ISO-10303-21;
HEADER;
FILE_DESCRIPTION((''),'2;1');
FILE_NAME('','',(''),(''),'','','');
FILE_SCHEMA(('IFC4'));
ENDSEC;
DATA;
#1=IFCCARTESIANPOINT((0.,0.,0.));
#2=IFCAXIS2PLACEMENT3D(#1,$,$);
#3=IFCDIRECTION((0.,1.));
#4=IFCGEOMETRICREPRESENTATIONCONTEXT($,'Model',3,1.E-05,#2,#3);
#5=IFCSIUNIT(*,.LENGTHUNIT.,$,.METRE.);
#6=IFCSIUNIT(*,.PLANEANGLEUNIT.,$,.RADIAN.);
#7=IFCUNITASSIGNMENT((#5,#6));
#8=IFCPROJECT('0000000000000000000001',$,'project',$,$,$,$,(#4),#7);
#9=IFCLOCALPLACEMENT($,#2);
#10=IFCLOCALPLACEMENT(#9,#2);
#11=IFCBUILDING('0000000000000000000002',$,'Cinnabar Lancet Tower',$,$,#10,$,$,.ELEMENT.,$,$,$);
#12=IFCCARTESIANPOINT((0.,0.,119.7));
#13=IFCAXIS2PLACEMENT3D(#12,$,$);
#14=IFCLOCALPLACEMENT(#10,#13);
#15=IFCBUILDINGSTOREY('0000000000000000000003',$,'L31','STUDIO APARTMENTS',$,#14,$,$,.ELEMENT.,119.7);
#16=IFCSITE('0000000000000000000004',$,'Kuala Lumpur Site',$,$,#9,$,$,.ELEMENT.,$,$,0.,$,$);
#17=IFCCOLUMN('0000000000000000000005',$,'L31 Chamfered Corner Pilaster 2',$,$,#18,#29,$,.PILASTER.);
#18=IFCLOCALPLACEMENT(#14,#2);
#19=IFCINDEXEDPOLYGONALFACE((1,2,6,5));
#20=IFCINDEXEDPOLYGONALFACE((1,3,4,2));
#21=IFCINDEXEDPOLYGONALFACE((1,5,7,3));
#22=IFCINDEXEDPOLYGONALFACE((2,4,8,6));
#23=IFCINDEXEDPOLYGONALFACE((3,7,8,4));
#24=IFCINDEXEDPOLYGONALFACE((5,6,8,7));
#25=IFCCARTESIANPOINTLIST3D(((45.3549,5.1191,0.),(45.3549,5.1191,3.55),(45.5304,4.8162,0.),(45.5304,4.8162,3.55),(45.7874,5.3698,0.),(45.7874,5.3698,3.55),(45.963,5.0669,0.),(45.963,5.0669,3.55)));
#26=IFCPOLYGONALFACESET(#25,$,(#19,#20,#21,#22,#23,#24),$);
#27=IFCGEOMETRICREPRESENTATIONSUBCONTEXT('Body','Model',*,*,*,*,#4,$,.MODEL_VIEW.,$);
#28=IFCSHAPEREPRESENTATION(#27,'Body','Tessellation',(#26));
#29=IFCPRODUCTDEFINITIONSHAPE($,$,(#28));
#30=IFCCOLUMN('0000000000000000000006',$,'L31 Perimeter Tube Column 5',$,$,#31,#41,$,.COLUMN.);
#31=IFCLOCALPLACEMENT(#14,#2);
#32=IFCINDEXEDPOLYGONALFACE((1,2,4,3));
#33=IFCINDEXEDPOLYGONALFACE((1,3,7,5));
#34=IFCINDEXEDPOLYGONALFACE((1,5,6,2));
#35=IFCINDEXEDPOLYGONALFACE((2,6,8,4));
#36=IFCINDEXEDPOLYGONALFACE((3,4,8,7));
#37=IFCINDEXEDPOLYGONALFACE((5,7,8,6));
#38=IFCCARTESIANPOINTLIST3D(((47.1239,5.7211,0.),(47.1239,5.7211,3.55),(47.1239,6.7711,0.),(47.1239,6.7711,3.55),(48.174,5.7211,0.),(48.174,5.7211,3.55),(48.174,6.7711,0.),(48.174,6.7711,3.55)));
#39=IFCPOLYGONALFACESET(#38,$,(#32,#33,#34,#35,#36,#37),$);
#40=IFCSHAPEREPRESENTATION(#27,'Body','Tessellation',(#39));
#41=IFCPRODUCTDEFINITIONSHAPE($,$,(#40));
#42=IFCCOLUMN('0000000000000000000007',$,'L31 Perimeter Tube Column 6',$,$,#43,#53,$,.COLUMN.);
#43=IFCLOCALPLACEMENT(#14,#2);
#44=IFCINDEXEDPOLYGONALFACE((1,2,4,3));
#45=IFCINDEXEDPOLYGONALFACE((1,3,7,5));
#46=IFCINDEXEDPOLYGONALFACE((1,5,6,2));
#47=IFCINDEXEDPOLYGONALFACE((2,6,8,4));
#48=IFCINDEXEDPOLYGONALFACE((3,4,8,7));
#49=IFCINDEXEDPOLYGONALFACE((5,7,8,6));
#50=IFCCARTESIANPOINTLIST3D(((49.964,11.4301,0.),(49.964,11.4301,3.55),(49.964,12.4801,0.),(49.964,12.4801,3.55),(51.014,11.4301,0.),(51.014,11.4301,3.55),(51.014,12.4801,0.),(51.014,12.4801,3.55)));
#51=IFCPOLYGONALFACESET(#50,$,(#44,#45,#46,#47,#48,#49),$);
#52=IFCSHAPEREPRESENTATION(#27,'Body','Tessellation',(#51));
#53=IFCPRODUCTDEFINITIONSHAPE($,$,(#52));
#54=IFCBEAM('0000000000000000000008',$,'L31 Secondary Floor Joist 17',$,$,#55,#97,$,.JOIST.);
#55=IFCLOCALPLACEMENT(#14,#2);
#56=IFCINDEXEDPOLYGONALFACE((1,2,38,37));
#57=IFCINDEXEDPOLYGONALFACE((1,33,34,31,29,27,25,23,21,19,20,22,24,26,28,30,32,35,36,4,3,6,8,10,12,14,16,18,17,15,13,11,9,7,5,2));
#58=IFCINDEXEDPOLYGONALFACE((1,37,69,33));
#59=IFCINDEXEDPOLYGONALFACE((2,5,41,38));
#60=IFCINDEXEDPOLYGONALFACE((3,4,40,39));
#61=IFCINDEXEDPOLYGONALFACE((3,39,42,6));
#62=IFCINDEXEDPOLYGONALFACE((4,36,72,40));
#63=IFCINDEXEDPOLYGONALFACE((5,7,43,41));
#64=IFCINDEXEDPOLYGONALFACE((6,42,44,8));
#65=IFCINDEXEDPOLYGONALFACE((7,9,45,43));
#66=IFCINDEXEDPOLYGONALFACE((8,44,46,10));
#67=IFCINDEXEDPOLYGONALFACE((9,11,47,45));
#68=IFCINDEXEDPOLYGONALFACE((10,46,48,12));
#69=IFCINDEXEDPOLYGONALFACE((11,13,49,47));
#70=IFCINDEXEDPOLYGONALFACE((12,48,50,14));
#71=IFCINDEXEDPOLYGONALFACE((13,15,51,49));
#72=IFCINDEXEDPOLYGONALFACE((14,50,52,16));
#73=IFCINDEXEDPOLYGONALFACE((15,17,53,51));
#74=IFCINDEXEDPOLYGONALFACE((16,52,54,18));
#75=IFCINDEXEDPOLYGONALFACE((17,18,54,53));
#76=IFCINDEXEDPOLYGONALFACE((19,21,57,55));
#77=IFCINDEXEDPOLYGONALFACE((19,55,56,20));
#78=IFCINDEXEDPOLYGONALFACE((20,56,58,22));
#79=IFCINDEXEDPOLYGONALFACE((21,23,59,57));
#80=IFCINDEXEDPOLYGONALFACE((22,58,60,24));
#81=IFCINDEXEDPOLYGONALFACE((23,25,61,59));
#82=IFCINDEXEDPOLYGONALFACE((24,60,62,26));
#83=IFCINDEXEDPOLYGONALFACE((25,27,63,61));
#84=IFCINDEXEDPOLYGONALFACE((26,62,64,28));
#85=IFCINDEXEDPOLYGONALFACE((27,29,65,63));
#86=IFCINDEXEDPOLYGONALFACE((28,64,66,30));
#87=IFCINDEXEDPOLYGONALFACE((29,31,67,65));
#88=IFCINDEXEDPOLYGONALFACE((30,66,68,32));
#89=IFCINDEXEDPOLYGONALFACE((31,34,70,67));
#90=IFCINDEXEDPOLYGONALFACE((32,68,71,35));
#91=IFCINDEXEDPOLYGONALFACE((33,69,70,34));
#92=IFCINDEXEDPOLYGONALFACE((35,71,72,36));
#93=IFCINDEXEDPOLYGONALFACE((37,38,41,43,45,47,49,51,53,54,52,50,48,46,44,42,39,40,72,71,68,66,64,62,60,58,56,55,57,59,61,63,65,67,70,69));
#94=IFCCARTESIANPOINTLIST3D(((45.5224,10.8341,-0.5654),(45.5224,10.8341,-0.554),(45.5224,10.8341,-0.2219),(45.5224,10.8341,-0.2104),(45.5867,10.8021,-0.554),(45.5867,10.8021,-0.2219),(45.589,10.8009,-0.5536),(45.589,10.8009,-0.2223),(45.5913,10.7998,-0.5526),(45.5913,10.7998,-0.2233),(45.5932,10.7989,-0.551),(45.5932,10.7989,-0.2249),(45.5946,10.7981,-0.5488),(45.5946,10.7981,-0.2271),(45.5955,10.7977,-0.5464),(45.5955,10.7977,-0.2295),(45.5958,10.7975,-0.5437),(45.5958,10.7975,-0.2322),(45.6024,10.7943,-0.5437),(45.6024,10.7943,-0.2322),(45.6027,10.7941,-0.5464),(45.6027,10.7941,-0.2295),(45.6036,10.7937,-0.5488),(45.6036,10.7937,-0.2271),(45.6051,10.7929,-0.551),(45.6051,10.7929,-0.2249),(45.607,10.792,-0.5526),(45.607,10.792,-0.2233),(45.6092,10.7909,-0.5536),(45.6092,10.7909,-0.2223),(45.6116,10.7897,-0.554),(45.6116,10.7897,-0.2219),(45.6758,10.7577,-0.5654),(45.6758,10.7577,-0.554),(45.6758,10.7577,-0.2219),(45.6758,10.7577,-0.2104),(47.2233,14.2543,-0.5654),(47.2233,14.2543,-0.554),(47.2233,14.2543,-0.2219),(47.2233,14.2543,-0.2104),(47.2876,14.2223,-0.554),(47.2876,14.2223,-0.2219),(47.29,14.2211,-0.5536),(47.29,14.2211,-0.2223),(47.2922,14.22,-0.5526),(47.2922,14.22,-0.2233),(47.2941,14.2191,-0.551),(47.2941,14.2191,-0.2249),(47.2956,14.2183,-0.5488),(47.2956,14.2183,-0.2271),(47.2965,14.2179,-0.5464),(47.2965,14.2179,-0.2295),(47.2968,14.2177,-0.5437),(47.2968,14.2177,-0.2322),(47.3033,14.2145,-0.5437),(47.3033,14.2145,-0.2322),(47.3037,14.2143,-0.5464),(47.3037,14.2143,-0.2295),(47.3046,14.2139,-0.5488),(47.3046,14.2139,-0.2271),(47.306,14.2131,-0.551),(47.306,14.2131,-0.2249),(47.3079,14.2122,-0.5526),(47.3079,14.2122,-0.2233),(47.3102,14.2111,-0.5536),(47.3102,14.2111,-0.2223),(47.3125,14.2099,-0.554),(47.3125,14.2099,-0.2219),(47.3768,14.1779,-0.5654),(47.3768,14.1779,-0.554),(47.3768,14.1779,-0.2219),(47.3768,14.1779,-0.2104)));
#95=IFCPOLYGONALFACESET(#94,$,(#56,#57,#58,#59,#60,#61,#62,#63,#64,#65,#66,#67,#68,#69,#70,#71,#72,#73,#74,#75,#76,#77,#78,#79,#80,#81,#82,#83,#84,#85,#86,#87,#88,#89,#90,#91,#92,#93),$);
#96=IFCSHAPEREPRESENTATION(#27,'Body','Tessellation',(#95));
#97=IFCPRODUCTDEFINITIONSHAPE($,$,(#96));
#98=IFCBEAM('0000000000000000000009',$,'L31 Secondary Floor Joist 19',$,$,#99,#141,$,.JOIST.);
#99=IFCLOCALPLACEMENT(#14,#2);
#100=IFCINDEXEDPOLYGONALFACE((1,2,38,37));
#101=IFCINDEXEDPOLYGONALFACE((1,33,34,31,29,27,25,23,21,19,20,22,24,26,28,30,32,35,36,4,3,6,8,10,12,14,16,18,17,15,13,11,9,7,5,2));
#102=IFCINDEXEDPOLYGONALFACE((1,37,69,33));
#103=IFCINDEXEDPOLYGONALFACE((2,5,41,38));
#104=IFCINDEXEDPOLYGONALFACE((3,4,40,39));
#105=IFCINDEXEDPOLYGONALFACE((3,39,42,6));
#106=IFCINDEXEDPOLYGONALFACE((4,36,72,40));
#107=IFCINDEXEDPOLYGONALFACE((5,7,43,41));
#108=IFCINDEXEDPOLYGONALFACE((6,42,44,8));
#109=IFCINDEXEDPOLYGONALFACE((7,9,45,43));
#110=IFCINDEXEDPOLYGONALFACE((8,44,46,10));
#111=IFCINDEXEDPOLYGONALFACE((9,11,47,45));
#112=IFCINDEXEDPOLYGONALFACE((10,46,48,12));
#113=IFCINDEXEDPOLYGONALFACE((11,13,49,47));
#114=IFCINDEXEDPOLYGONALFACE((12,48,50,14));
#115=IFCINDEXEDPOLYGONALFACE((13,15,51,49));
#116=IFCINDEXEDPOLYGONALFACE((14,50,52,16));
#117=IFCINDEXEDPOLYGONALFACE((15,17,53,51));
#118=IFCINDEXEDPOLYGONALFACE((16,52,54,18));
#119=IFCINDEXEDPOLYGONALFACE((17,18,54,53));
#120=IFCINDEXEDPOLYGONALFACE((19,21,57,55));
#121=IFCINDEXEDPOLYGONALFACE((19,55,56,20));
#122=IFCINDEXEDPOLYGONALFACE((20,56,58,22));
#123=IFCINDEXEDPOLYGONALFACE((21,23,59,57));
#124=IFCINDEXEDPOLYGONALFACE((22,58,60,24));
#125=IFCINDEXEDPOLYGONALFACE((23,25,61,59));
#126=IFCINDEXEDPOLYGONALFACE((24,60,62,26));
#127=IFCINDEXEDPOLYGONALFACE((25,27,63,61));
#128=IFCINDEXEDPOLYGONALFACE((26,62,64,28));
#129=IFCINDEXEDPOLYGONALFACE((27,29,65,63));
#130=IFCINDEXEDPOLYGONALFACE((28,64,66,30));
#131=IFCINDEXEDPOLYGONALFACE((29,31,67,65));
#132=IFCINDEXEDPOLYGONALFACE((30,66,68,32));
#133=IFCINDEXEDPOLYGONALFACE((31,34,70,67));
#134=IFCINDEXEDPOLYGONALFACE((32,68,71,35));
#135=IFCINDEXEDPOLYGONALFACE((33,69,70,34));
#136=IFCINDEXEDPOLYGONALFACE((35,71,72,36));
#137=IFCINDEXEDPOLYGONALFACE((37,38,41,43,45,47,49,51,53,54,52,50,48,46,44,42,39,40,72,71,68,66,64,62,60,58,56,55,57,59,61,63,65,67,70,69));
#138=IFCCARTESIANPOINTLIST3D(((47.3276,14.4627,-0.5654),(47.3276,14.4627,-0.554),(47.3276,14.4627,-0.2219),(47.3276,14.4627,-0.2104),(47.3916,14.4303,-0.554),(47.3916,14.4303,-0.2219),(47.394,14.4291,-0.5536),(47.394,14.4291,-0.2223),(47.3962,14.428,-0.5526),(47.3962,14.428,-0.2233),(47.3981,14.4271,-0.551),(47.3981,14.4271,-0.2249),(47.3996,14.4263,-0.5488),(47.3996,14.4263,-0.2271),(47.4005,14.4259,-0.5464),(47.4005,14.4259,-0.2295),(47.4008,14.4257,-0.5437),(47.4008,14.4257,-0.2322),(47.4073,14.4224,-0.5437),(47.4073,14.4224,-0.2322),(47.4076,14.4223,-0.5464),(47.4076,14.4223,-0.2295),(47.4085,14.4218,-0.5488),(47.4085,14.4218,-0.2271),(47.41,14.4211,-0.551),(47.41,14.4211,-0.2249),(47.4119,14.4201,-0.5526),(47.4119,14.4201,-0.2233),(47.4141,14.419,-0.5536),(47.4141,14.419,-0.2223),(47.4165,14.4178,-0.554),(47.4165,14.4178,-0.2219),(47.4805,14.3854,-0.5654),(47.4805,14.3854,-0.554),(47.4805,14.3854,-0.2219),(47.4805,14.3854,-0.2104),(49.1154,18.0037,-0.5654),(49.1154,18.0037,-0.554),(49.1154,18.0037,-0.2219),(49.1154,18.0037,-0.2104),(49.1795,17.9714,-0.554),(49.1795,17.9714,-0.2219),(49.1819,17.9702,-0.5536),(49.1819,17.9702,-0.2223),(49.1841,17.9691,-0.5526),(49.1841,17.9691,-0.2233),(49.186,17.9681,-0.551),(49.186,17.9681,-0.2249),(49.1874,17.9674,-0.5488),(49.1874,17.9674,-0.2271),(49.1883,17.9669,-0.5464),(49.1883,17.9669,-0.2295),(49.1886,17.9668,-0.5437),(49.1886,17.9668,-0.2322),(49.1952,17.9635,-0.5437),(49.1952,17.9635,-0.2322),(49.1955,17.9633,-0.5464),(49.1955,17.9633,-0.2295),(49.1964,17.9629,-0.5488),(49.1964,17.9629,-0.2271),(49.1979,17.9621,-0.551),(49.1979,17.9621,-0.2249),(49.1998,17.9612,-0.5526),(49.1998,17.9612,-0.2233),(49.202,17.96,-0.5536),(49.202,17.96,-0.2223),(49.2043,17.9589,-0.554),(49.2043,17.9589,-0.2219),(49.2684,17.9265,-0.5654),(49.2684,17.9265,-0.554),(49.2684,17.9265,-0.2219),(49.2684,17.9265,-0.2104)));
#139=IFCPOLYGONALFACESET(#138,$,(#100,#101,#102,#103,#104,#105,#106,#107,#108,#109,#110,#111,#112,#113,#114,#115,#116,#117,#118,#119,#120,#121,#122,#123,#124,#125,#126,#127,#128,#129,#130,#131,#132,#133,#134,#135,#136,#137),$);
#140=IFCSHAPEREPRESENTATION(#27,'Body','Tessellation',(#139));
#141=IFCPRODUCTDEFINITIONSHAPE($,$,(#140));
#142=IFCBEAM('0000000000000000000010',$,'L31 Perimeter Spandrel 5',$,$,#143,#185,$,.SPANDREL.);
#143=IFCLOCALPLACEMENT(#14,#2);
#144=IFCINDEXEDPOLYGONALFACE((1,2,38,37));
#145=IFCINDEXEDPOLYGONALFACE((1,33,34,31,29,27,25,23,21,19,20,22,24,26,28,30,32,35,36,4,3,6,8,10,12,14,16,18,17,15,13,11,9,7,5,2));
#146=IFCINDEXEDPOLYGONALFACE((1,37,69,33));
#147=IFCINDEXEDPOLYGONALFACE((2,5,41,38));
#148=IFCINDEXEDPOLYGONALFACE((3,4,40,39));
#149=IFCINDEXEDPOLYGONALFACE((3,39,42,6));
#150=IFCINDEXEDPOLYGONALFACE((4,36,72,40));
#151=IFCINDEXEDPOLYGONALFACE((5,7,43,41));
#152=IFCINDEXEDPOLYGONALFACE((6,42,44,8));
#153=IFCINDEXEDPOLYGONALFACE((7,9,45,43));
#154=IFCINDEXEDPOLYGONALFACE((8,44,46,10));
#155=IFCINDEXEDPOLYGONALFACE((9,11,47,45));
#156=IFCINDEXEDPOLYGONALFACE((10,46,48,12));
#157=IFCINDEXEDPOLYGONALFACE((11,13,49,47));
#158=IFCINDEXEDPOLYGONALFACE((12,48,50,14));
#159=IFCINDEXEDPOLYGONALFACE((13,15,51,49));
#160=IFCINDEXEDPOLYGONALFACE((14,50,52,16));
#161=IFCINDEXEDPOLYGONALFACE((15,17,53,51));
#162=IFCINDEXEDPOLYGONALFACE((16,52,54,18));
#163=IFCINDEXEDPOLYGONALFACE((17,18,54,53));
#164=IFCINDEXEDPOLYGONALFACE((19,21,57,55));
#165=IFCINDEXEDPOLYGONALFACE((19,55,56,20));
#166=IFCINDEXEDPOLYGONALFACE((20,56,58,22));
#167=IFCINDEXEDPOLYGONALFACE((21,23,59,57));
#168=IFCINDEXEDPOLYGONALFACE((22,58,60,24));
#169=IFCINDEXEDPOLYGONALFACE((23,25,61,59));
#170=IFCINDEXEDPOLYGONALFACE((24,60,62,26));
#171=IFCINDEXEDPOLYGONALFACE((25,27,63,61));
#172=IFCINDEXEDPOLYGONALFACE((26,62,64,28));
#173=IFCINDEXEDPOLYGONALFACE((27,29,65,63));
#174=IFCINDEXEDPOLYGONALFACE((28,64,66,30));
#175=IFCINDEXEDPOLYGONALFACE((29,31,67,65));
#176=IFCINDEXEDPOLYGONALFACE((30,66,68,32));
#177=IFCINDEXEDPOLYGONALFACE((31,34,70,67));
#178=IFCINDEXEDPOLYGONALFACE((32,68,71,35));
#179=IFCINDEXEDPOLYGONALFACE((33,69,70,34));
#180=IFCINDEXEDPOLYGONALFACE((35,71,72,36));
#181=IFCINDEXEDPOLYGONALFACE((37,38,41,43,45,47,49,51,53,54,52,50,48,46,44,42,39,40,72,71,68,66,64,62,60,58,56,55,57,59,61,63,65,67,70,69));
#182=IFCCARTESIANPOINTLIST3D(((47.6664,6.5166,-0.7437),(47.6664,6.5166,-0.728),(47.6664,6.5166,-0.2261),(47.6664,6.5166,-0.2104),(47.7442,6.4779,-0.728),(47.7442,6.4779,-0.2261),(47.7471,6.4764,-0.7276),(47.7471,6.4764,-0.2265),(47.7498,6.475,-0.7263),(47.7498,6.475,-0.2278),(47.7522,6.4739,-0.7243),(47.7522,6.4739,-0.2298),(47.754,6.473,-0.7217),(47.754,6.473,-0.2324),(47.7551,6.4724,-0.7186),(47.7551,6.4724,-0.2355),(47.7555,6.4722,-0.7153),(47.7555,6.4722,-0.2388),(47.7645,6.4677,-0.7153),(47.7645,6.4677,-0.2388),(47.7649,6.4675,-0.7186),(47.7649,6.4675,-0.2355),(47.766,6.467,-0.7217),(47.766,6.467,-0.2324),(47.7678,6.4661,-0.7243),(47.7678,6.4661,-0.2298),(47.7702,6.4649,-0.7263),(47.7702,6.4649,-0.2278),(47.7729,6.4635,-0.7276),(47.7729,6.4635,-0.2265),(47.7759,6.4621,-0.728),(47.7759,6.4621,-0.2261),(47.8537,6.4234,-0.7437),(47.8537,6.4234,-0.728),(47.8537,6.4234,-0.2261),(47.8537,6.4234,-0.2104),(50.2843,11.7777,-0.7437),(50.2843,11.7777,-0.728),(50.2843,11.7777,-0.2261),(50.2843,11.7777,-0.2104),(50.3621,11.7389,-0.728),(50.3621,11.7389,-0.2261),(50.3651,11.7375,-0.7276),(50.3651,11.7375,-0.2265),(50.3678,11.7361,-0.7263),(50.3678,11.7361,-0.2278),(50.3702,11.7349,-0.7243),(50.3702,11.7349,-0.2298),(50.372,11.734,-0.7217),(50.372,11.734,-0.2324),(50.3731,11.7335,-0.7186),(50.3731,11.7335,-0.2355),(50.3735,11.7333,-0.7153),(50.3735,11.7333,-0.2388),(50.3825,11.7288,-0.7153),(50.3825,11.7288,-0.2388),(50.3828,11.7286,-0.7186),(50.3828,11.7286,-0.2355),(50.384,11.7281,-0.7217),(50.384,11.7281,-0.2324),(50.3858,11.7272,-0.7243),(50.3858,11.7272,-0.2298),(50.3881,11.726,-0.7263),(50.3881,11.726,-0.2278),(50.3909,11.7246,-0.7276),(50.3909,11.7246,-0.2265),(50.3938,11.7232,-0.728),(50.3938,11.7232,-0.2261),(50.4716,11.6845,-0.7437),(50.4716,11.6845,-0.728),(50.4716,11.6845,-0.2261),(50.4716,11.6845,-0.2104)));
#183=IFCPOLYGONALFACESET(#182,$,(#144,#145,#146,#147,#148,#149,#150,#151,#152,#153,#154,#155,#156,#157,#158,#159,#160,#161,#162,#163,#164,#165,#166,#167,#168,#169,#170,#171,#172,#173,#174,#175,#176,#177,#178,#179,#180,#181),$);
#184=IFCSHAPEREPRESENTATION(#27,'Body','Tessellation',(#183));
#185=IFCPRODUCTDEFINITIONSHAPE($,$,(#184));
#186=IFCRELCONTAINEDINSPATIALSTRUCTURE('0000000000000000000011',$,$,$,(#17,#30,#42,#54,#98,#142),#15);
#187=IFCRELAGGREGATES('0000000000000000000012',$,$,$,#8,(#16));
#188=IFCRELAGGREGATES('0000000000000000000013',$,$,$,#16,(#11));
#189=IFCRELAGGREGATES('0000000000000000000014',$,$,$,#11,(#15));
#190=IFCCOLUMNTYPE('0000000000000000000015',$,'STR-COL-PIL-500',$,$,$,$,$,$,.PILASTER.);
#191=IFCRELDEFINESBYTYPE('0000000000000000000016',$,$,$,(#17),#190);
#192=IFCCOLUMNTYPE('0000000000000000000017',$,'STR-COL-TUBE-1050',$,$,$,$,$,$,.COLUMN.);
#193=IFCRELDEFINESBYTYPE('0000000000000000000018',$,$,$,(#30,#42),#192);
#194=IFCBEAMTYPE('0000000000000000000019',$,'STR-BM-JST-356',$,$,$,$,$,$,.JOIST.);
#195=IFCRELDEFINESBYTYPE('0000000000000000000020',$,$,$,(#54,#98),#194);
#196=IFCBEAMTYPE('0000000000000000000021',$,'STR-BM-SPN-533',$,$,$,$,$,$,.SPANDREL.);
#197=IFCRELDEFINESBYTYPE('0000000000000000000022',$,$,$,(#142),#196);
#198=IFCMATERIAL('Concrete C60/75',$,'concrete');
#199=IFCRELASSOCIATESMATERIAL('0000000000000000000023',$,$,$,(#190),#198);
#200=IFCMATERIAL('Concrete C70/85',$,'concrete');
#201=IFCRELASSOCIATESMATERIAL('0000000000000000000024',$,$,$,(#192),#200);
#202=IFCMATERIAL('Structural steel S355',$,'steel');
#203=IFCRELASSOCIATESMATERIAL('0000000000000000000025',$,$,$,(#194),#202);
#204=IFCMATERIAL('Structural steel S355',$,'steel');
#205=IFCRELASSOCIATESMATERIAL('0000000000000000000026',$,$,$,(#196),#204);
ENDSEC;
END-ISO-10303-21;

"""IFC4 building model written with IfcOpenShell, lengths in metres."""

from ifc_helpers import new_model, si_unit, direction, frame, origin, origin_2d, place, context, subcontext, project, spatial, rectangle, i_section, extrude, material, material_profile, profile_set, type_object, element, save


model = new_model("IFC4")

# Units and contexts
model_context = context("Model", 3, precision=1e-05, world=origin(), true_north=direction((0.0, 1.0)))
body_context = subcontext(model_context, "Body", "Model", "MODEL_VIEW")
ifc_project = project(units=[si_unit("LENGTHUNIT", "METRE"), si_unit("PLANEANGLEUNIT", "RADIAN")], contexts=[model_context])

# Site, building, storey
site_placement = place(None, origin())
site = spatial("IfcSite", under=ifc_project, at=site_placement, Name="Kuala Lumpur Site", CompositionType="ELEMENT", RefElevation=0.0)
building_placement = place(site_placement, origin())
building = spatial("IfcBuilding", under=site, at=building_placement, Name="Cinnabar Lancet Tower", CompositionType="ELEMENT")
storey_placement = place(building_placement, frame((0.0, 0.0, 119.7)))
storey = spatial("IfcBuildingStorey", under=building, at=storey_placement, Name="L31", Description="STUDIO APARTMENTS", CompositionType="ELEMENT", Elevation=119.7)

# Columns
ifc_material_1 = material(Name="Concrete C60/75", Category="concrete")
ifc_material_profile_1 = material_profile(ifc_material_1, rectangle(XDim=0.5, YDim=0.3501, at=origin_2d()), Name="RC-PIL 500x350")
ifc_profile_set_1 = profile_set([ifc_material_profile_1], Name="Concrete C60/75")
column_type_1 = type_object("IfcColumnType", Name="STR-COL-PIL-500", PredefinedType="PILASTER", material=ifc_profile_set_1)
column_placement = place(storey_placement, frame((45.6589, 5.093, 0.0), z_axis=(0.0, 0.0, 1.0), x_axis=(0.86516, 0.501496, 0.0)))
element("IfcColumn", 1, at=column_placement, inside=storey, type_object=column_type_1, Name="L31 Chamfered Corner Pilaster 2", PredefinedType="PILASTER", context=body_context, shape_type="SweptSolid", body=[
    extrude(rectangle(XDim=0.5, YDim=0.3501, at=origin_2d()), origin(), (0.0, 0.0, 1.0), 3.55),
])
ifc_material_2 = material(Name="Concrete C70/85", Category="concrete")
ifc_material_profile_2 = material_profile(ifc_material_2, rectangle(XDim=1.05, YDim=1.05, at=origin_2d()), Name="RC-COL 1050x1050")
ifc_profile_set_2 = profile_set([ifc_material_profile_2], Name="Concrete C70/85")
column_type_2 = type_object("IfcColumnType", Name="STR-COL-TUBE-1050", PredefinedType="COLUMN", material=ifc_profile_set_2)
for number, where, z_axis, x_axis, name in (
    (2, (47.6489, 6.2461, 0.0), (0.0, 0.0, 1.0), (1.0, 0.0, 0.0), "L31 Perimeter Tube Column 5"),
    (3, (50.489, 11.9551, 0.0), (0.0, 0.0, 1.0), (1.0, 0.0, 0.0), "L31 Perimeter Tube Column 6"),
):
    element("IfcColumn", number, at=place(storey_placement, frame(where, z_axis=z_axis, x_axis=x_axis)), inside=storey, type_object=column_type_2, Name=name, PredefinedType="COLUMN", context=body_context, shape_type="SweptSolid", body=[
        extrude(rectangle(XDim=1.05, YDim=1.05, at=origin_2d()), origin(), (0.0, 0.0, 1.0), 3.55),
    ])

# Beams
ifc_material_3 = material(Name="Structural steel S355", Category="steel")
ifc_material_profile_3 = material_profile(ifc_material_3, i_section(OverallWidth=0.1714, OverallDepth=0.355, WebThickness=0.0073, FlangeThickness=0.0115, FilletRadius=0.0103, at=origin_2d()), Name="UKB 356x171x51")
ifc_profile_set_3 = profile_set([ifc_material_profile_3], Name="Structural steel S355")
beam_type_1 = type_object("IfcBeamType", Name="STR-BM-JST-356", PredefinedType="JOIST", material=ifc_profile_set_3)
beam_1_placement = place(storey_placement, frame((45.5991, 10.7959, -0.3879), z_axis=(0.445295, 0.895384, 0.0), x_axis=(-0.895384, 0.445295, 0.0)))
element("IfcBeam", 4, at=beam_1_placement, inside=storey, type_object=beam_type_1, Name="L31 Secondary Floor Joist 17", PredefinedType="JOIST", context=body_context, shape_type="SweptSolid", body=[
    extrude(i_section(OverallWidth=0.1714, OverallDepth=0.355, WebThickness=0.0073, FlangeThickness=0.0115, FilletRadius=0.0103, at=origin_2d()), origin(), (0.0, 0.0, 1.0), 3.8198),
])
beam_2_placement = place(storey_placement, frame((47.4041, 14.4241, -0.3879), z_axis=(0.450706, 0.892672, 0.0), x_axis=(-0.892672, 0.450706, 0.0)))
element("IfcBeam", 5, at=beam_2_placement, inside=storey, type_object=beam_type_1, Name="L31 Secondary Floor Joist 19", PredefinedType="JOIST", context=body_context, shape_type="SweptSolid", body=[
    extrude(i_section(OverallWidth=0.1714, OverallDepth=0.355, WebThickness=0.0073, FlangeThickness=0.0115, FilletRadius=0.0103, at=origin_2d()), origin(), (0.0, 0.0, 1.0), 3.9668),
])
ifc_material_4 = material(Name="Structural steel S355", Category="steel")
ifc_material_profile_4 = material_profile(ifc_material_4, i_section(OverallWidth=0.2092, OverallDepth=0.5332, WebThickness=0.01, FlangeThickness=0.0156, FilletRadius=0.0127, at=origin_2d()), Name="UKB 533x210x92")
ifc_profile_set_4 = profile_set([ifc_material_profile_4], Name="Structural steel S355")
beam_type_2 = type_object("IfcBeamType", Name="STR-BM-SPN-533", PredefinedType="SPANDREL", material=ifc_profile_set_4)
beam_3_placement = place(storey_placement, frame((47.76, 6.47, -0.4771), z_axis=(0.445501, 0.895281, 0.0), x_axis=(-0.895281, 0.445501, 0.0)))
element("IfcBeam", 6, at=beam_3_placement, inside=storey, type_object=beam_type_2, Name="L31 Perimeter Spandrel 5", PredefinedType="SPANDREL", context=body_context, shape_type="SweptSolid", body=[
    extrude(i_section(OverallWidth=0.2092, OverallDepth=0.5332, WebThickness=0.01, FlangeThickness=0.0156, FilletRadius=0.0127, at=origin_2d()), origin(), (0.0, 0.0, 1.0), 5.8765),
])

save(model, "model.ifc")
